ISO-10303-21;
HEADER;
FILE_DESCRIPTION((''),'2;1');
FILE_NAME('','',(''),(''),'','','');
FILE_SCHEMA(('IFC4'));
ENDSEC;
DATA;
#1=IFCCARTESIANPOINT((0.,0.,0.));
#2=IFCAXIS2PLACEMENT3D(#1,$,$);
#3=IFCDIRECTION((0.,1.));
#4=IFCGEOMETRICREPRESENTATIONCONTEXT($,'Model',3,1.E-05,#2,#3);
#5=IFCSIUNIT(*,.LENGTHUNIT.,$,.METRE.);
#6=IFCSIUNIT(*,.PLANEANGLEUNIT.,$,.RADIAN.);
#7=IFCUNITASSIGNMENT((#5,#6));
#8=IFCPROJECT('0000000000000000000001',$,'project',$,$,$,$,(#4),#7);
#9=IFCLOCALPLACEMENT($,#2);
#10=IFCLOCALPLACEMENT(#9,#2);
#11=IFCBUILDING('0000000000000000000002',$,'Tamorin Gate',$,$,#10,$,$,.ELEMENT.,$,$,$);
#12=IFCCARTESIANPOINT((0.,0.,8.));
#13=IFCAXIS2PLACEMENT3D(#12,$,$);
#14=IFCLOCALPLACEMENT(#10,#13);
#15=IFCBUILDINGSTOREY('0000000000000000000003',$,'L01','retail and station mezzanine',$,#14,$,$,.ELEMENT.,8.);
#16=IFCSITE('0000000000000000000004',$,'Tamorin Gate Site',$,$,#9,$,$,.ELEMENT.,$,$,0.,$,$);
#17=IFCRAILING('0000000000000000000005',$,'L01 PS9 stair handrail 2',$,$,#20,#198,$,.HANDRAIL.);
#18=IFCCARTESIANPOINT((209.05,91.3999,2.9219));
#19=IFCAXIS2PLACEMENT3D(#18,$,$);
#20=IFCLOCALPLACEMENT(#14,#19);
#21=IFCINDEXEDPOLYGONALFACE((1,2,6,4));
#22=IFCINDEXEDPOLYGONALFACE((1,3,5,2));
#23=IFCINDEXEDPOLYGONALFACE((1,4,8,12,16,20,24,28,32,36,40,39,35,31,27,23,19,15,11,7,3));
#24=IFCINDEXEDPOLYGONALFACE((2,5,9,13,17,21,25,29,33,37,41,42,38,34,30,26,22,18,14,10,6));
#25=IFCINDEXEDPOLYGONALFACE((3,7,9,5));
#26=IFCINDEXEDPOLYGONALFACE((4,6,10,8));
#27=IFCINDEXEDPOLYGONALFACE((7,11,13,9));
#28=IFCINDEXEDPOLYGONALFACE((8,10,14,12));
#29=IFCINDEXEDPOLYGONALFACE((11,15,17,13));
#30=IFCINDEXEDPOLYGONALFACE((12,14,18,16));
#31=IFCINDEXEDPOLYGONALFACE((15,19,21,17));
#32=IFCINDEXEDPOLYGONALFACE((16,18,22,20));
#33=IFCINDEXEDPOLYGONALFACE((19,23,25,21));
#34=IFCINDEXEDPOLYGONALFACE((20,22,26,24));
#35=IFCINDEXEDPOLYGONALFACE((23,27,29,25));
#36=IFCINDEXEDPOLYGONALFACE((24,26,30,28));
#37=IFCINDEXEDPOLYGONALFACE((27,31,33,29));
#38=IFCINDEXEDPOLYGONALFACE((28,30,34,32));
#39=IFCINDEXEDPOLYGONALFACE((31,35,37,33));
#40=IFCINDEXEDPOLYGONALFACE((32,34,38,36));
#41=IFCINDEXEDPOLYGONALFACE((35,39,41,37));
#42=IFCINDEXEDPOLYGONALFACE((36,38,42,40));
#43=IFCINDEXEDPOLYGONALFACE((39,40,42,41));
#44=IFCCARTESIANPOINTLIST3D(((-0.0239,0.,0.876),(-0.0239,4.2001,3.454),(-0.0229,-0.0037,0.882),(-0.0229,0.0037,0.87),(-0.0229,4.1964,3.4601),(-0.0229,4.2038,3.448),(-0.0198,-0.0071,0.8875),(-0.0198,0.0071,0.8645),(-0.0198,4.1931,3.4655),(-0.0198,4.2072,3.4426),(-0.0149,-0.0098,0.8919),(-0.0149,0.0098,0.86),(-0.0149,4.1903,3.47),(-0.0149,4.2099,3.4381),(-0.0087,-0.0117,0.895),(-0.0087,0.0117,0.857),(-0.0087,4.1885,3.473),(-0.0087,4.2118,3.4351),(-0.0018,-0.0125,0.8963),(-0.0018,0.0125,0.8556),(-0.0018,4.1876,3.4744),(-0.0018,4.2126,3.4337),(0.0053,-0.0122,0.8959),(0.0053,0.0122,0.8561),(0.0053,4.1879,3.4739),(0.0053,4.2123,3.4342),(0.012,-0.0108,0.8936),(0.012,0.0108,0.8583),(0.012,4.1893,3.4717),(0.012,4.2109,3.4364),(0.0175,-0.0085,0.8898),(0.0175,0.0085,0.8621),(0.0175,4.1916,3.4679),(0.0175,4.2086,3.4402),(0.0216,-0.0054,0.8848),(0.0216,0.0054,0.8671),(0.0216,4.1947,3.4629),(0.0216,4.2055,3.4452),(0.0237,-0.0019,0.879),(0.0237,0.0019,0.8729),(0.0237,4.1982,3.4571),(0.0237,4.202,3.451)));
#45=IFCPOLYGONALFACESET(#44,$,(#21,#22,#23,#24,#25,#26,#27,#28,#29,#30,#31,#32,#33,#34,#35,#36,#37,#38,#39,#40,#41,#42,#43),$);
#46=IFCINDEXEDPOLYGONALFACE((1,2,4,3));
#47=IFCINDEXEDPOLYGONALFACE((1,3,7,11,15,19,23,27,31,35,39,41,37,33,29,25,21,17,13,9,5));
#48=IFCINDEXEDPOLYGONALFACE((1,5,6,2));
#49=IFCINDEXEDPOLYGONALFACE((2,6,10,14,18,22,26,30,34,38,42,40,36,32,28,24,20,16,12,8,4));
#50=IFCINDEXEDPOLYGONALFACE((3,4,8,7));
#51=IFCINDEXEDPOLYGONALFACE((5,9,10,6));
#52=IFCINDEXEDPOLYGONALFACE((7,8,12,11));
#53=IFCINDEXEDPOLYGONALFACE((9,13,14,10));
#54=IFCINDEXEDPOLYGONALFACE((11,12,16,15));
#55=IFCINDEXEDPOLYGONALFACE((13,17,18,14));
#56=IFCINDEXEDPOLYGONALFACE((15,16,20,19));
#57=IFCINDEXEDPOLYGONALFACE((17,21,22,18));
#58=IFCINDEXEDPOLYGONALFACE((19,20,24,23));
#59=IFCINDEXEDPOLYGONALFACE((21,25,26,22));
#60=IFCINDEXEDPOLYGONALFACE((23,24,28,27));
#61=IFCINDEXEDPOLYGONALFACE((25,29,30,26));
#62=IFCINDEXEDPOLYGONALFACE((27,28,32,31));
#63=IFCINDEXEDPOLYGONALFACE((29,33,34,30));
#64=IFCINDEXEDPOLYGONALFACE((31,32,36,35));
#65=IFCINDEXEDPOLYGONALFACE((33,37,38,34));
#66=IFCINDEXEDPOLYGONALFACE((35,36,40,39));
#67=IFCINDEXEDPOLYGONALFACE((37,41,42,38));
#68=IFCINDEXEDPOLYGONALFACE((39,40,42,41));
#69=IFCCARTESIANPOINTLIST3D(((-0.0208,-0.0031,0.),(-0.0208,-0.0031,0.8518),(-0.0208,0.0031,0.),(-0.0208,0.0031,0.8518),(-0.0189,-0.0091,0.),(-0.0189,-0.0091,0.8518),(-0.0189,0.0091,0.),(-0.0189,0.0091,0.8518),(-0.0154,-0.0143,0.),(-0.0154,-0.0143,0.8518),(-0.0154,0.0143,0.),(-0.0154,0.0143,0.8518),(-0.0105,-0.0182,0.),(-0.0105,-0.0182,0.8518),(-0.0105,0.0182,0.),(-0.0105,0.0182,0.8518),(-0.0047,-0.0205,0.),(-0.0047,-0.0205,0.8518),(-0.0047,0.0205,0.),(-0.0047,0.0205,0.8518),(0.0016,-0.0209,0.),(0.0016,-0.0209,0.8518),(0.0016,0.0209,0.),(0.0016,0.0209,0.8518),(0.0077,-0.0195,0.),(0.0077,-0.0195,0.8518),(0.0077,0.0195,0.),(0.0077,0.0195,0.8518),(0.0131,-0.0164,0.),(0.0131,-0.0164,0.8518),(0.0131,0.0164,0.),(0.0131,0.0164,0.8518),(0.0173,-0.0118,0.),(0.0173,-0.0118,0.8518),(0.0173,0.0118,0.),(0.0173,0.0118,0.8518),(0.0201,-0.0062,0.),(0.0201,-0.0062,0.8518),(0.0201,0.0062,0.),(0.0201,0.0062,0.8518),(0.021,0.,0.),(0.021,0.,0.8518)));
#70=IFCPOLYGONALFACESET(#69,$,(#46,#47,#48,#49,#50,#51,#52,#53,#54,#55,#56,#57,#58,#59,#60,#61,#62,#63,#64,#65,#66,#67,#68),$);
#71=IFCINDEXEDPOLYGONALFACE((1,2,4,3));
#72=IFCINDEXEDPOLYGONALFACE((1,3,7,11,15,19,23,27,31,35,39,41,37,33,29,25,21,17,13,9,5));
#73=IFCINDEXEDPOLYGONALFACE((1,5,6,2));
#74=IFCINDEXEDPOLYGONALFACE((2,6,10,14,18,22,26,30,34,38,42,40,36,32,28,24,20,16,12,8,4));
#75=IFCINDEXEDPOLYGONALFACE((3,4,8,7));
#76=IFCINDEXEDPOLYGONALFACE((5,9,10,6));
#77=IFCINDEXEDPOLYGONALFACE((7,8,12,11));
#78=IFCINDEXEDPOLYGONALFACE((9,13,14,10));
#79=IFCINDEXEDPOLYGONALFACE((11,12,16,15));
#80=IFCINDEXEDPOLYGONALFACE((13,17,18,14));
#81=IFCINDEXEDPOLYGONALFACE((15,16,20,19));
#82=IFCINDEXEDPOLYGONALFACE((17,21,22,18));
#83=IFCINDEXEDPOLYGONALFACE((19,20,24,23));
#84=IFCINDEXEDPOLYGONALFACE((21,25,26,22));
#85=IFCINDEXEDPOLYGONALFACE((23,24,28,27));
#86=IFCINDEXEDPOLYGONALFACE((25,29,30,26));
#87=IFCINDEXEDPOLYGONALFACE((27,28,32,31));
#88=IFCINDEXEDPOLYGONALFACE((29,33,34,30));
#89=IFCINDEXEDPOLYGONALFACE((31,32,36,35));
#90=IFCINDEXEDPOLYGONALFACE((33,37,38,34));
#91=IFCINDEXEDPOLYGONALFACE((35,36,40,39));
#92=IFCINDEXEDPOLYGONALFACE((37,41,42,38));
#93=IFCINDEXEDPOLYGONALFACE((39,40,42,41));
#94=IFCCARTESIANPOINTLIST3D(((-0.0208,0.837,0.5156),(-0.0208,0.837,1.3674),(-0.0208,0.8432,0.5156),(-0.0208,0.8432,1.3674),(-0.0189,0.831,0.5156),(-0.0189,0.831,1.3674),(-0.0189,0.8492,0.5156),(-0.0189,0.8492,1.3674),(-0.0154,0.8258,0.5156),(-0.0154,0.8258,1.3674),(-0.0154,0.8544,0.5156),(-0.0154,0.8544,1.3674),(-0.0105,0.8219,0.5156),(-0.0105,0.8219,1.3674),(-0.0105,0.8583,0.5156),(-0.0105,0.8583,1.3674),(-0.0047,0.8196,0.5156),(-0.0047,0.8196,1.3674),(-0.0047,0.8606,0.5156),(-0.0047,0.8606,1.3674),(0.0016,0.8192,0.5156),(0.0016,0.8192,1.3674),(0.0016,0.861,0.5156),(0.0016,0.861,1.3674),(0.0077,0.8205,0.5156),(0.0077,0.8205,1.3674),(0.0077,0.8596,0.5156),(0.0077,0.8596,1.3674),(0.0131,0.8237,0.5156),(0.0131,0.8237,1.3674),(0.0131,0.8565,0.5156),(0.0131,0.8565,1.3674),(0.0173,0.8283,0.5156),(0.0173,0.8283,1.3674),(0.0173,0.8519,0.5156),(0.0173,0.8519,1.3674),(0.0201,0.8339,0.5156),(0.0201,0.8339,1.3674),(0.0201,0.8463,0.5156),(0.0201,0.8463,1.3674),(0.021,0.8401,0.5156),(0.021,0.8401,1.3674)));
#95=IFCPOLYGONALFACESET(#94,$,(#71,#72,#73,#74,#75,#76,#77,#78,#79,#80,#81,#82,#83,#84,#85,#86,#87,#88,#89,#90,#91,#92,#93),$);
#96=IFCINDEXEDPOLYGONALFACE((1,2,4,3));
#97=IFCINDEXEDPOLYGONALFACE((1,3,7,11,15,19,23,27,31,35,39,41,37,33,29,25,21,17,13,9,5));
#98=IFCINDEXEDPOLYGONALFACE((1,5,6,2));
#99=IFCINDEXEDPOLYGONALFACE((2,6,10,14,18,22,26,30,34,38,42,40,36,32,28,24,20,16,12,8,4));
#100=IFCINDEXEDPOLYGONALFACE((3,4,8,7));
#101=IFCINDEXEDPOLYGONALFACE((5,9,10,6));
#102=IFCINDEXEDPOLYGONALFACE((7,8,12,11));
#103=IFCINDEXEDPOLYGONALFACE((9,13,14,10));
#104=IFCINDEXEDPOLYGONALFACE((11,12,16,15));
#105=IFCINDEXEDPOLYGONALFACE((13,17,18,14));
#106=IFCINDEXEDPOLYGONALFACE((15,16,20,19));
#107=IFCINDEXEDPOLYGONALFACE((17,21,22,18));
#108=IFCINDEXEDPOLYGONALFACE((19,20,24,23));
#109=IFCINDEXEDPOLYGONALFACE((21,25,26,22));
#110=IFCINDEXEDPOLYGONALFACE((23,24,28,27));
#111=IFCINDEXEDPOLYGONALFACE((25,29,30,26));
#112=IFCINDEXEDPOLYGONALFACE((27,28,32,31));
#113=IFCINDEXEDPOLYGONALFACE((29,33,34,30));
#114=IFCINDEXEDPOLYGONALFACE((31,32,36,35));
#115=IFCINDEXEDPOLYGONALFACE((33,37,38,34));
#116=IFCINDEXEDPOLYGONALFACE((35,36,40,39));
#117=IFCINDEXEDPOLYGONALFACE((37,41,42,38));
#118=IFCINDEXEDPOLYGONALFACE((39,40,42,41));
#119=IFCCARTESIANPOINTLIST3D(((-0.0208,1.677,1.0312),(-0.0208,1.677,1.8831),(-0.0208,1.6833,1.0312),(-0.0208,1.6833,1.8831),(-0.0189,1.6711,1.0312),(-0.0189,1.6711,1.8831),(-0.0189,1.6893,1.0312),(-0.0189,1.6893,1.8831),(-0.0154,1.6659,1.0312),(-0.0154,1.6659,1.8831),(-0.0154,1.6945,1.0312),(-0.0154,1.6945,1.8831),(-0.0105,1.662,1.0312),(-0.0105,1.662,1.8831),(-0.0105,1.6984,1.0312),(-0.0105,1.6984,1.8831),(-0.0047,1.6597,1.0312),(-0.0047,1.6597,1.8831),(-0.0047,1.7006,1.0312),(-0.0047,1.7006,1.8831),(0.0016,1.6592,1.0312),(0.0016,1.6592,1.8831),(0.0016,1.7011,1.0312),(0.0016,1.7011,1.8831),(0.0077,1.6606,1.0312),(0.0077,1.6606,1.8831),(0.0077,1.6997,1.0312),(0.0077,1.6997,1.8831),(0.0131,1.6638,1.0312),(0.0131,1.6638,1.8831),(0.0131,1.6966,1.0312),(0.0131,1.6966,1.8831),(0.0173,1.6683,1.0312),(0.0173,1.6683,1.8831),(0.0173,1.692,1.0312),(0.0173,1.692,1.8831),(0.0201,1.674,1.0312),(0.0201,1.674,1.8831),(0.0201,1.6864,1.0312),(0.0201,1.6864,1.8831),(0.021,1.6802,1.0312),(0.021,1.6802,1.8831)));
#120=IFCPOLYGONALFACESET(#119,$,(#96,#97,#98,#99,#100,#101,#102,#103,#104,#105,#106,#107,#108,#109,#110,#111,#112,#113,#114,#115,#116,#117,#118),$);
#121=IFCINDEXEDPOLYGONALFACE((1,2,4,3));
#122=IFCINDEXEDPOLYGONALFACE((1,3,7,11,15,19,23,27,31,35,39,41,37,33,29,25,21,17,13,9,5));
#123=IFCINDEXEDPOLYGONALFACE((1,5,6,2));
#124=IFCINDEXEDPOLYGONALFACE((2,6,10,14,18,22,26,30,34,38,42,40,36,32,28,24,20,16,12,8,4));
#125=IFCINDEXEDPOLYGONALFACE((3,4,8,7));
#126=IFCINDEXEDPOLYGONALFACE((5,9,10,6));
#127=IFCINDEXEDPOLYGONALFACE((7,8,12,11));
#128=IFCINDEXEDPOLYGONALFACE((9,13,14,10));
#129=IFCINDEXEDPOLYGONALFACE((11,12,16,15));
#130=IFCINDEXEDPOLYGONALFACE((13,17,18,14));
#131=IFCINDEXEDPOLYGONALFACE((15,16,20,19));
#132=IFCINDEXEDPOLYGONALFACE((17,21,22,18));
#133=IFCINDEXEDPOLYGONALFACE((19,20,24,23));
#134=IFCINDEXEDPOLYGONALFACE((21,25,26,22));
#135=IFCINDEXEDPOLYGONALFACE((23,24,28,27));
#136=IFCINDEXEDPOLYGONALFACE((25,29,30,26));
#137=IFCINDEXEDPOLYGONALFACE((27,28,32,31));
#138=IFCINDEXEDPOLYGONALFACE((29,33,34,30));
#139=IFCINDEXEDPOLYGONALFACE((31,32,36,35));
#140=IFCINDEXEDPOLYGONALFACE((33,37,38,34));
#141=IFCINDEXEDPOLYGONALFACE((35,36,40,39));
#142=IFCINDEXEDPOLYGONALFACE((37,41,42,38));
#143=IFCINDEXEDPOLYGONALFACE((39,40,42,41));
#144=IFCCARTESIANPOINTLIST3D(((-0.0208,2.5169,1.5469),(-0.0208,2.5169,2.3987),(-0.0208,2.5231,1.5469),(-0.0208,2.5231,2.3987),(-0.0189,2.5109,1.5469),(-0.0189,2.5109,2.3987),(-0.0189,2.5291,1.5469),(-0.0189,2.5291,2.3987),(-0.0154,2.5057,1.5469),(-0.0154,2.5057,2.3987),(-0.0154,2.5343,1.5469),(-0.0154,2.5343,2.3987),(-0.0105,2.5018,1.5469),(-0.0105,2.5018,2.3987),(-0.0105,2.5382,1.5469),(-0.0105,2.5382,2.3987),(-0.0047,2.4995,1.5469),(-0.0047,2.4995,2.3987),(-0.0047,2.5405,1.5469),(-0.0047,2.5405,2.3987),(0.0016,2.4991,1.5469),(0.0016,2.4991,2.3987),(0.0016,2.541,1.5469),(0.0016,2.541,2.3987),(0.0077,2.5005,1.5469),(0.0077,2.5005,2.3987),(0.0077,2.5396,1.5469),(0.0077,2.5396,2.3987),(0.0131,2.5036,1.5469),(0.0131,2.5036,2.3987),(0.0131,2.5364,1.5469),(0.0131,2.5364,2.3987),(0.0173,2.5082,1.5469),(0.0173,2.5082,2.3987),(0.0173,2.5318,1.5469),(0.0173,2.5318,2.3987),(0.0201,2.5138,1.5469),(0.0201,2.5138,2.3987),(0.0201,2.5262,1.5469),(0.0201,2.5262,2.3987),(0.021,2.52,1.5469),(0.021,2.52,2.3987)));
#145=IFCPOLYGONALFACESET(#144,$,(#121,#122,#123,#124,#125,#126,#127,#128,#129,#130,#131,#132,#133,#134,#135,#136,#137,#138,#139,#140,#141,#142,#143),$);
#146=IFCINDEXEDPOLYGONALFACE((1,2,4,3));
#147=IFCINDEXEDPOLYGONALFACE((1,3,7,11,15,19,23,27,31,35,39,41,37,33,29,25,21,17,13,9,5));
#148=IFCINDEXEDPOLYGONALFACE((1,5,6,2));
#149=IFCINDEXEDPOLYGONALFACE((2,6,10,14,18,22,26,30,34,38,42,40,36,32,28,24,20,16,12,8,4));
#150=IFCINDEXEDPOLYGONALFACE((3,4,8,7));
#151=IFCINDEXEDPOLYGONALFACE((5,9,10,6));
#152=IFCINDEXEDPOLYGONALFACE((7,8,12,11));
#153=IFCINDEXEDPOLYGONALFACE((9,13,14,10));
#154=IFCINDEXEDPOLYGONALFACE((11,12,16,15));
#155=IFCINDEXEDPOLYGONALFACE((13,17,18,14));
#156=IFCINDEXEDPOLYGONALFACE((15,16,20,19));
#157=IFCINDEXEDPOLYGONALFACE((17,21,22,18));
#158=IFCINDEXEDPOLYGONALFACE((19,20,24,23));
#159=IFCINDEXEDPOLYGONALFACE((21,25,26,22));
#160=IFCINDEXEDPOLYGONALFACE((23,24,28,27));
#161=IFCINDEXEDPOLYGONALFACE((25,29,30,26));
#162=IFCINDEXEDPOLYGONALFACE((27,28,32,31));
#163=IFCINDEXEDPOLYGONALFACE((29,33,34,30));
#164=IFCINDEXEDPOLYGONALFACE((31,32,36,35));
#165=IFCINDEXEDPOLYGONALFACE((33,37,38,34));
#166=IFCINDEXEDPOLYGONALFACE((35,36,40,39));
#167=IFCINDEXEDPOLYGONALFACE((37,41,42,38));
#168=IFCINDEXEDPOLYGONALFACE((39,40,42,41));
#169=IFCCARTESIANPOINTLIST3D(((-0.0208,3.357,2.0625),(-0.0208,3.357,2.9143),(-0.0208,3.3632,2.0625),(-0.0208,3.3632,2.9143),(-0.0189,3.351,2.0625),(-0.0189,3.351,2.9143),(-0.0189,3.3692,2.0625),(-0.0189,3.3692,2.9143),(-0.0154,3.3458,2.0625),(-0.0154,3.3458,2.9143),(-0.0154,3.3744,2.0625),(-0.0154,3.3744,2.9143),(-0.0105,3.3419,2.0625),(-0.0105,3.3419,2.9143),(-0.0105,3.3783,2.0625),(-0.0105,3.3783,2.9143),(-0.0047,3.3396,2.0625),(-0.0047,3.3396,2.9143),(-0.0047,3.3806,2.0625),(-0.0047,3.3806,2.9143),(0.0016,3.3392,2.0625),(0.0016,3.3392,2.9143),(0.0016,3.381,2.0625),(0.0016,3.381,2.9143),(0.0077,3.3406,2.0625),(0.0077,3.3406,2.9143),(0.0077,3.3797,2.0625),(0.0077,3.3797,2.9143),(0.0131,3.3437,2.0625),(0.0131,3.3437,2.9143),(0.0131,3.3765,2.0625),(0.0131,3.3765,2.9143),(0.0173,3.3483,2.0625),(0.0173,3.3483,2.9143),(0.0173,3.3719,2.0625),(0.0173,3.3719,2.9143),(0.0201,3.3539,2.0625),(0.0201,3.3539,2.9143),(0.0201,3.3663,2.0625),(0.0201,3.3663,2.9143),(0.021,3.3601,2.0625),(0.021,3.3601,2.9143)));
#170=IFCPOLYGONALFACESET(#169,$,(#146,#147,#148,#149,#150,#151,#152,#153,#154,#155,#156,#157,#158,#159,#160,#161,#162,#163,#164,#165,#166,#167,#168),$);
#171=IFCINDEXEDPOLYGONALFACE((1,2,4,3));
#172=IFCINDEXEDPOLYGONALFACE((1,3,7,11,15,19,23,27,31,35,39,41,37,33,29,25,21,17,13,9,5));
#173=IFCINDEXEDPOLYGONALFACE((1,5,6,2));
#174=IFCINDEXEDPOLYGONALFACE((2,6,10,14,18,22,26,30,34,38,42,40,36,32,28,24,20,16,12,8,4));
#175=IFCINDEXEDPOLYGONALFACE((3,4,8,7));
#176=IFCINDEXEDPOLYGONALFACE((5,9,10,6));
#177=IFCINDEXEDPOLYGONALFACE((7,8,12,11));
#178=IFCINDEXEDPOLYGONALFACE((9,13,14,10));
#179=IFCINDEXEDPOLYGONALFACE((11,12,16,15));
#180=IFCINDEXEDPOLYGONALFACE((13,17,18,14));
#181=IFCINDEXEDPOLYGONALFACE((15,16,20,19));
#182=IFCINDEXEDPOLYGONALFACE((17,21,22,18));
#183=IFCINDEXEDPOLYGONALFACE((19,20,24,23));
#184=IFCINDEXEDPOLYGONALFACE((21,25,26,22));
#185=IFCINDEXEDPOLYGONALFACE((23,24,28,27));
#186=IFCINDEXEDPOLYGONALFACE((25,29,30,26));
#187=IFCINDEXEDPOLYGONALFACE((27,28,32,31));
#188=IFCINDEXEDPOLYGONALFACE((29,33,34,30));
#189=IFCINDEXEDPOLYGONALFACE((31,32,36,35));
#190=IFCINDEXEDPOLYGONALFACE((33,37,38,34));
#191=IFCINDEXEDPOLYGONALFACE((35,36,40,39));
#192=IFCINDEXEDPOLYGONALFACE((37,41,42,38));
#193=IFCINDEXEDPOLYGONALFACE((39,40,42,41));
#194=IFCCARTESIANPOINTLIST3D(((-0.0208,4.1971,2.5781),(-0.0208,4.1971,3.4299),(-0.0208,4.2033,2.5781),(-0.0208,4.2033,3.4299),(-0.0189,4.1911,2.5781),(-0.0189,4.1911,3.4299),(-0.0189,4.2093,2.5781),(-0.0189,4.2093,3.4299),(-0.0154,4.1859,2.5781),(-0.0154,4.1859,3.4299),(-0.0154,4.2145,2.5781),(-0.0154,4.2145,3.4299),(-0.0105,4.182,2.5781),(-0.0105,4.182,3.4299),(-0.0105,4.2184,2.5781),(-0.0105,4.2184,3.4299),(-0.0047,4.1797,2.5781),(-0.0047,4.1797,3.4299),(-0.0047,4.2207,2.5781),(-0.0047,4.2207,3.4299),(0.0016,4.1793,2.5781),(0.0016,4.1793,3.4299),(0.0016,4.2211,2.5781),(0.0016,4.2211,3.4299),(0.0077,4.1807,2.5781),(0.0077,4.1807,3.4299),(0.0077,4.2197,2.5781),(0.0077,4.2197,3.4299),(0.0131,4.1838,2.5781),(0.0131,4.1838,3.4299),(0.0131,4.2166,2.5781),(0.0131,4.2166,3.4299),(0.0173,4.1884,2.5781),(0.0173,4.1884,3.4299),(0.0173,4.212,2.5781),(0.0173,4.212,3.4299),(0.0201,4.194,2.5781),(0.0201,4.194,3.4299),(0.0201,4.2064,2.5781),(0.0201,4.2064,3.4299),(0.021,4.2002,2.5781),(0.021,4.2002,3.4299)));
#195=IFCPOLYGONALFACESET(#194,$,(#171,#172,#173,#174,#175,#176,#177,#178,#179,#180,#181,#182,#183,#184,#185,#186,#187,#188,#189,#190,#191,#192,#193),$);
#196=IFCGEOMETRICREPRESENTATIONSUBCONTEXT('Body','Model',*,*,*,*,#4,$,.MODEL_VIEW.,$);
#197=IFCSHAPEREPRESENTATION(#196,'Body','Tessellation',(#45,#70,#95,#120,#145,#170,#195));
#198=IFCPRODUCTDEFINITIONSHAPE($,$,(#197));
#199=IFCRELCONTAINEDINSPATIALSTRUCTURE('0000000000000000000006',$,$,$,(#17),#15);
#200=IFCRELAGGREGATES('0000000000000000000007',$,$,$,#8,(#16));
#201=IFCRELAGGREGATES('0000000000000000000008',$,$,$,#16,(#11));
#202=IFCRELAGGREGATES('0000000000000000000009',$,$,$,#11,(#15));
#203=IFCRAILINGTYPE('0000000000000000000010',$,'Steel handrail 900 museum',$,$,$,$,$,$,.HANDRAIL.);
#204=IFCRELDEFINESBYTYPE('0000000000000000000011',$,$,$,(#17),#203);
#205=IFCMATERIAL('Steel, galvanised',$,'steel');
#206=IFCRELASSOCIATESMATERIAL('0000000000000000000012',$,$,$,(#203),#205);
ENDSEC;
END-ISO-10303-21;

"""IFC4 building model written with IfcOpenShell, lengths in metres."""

from ifc_helpers import new_model, si_unit, direction, frame, origin, origin_2d, place, context, subcontext, project, spatial, circle, extrude, material, type_object, element, save


model = new_model("IFC4")

# Units and contexts
model_context = context("Model", 3, precision=1e-05, world=origin(), true_north=direction((0.0, 1.0)))
body_context = subcontext(model_context, "Body", "Model", "MODEL_VIEW")
ifc_project = project(units=[si_unit("LENGTHUNIT", "METRE"), si_unit("PLANEANGLEUNIT", "RADIAN")], contexts=[model_context])

# Site, building, storey
site_placement = place(None, origin())
site = spatial("IfcSite", under=ifc_project, at=site_placement, Name="Tamorin Gate Site", CompositionType="ELEMENT", RefElevation=0.0)
building_placement = place(site_placement, origin())
building = spatial("IfcBuilding", under=site, at=building_placement, Name="Tamorin Gate", CompositionType="ELEMENT")
storey_placement = place(building_placement, frame((0.0, 0.0, 8.0)))
storey = spatial("IfcBuildingStorey", under=building, at=storey_placement, Name="L01", Description="retail and station mezzanine", CompositionType="ELEMENT", Elevation=8.0)

# Railing
ifc_material_1 = material(Name="Steel, galvanised", Category="steel")
railing_type_1 = type_object("IfcRailingType", Name="Steel handrail 900 museum", PredefinedType="HANDRAIL", material=ifc_material_1)
railing_1_placement = place(storey_placement, frame((209.05, 91.3999, 2.9219)))
element("IfcRailing", 1, at=railing_1_placement, inside=storey, type_object=railing_type_1, Name="L01 PS9 stair handrail 2", PredefinedType="HANDRAIL", context=body_context, shape_type="SweptSolid", body=[
    extrude(circle(Radius=0.0239, at=origin_2d()), frame((0.0, 0.0, 0.876), z_axis=(0.0, 0.852256, 0.523124), x_axis=(-1.0, 0.0, 0.0)), (0.0, 0.0, 1.0), 4.9282),
    extrude(circle(Radius=0.021, at=origin_2d()), origin(), (0.0, 0.0, 1.0), 0.8518),
    extrude(circle(Radius=0.021, at=origin_2d()), frame((0.0, 0.8401, 0.5156)), (0.0, 0.0, 1.0), 0.8518),
    extrude(circle(Radius=0.021, at=origin_2d()), frame((0.0, 1.6802, 1.0312)), (0.0, 0.0, 1.0), 0.8518),
    extrude(circle(Radius=0.021, at=origin_2d()), frame((0.0, 2.52, 1.5469)), (0.0, 0.0, 1.0), 0.8518),
    extrude(circle(Radius=0.021, at=origin_2d()), frame((0.0, 3.3601, 2.0625)), (0.0, 0.0, 1.0), 0.8518),
    extrude(circle(Radius=0.021, at=origin_2d()), frame((0.0, 4.2002, 2.5781)), (0.0, 0.0, 1.0), 0.8518),
])

save(model, "model.ifc")
